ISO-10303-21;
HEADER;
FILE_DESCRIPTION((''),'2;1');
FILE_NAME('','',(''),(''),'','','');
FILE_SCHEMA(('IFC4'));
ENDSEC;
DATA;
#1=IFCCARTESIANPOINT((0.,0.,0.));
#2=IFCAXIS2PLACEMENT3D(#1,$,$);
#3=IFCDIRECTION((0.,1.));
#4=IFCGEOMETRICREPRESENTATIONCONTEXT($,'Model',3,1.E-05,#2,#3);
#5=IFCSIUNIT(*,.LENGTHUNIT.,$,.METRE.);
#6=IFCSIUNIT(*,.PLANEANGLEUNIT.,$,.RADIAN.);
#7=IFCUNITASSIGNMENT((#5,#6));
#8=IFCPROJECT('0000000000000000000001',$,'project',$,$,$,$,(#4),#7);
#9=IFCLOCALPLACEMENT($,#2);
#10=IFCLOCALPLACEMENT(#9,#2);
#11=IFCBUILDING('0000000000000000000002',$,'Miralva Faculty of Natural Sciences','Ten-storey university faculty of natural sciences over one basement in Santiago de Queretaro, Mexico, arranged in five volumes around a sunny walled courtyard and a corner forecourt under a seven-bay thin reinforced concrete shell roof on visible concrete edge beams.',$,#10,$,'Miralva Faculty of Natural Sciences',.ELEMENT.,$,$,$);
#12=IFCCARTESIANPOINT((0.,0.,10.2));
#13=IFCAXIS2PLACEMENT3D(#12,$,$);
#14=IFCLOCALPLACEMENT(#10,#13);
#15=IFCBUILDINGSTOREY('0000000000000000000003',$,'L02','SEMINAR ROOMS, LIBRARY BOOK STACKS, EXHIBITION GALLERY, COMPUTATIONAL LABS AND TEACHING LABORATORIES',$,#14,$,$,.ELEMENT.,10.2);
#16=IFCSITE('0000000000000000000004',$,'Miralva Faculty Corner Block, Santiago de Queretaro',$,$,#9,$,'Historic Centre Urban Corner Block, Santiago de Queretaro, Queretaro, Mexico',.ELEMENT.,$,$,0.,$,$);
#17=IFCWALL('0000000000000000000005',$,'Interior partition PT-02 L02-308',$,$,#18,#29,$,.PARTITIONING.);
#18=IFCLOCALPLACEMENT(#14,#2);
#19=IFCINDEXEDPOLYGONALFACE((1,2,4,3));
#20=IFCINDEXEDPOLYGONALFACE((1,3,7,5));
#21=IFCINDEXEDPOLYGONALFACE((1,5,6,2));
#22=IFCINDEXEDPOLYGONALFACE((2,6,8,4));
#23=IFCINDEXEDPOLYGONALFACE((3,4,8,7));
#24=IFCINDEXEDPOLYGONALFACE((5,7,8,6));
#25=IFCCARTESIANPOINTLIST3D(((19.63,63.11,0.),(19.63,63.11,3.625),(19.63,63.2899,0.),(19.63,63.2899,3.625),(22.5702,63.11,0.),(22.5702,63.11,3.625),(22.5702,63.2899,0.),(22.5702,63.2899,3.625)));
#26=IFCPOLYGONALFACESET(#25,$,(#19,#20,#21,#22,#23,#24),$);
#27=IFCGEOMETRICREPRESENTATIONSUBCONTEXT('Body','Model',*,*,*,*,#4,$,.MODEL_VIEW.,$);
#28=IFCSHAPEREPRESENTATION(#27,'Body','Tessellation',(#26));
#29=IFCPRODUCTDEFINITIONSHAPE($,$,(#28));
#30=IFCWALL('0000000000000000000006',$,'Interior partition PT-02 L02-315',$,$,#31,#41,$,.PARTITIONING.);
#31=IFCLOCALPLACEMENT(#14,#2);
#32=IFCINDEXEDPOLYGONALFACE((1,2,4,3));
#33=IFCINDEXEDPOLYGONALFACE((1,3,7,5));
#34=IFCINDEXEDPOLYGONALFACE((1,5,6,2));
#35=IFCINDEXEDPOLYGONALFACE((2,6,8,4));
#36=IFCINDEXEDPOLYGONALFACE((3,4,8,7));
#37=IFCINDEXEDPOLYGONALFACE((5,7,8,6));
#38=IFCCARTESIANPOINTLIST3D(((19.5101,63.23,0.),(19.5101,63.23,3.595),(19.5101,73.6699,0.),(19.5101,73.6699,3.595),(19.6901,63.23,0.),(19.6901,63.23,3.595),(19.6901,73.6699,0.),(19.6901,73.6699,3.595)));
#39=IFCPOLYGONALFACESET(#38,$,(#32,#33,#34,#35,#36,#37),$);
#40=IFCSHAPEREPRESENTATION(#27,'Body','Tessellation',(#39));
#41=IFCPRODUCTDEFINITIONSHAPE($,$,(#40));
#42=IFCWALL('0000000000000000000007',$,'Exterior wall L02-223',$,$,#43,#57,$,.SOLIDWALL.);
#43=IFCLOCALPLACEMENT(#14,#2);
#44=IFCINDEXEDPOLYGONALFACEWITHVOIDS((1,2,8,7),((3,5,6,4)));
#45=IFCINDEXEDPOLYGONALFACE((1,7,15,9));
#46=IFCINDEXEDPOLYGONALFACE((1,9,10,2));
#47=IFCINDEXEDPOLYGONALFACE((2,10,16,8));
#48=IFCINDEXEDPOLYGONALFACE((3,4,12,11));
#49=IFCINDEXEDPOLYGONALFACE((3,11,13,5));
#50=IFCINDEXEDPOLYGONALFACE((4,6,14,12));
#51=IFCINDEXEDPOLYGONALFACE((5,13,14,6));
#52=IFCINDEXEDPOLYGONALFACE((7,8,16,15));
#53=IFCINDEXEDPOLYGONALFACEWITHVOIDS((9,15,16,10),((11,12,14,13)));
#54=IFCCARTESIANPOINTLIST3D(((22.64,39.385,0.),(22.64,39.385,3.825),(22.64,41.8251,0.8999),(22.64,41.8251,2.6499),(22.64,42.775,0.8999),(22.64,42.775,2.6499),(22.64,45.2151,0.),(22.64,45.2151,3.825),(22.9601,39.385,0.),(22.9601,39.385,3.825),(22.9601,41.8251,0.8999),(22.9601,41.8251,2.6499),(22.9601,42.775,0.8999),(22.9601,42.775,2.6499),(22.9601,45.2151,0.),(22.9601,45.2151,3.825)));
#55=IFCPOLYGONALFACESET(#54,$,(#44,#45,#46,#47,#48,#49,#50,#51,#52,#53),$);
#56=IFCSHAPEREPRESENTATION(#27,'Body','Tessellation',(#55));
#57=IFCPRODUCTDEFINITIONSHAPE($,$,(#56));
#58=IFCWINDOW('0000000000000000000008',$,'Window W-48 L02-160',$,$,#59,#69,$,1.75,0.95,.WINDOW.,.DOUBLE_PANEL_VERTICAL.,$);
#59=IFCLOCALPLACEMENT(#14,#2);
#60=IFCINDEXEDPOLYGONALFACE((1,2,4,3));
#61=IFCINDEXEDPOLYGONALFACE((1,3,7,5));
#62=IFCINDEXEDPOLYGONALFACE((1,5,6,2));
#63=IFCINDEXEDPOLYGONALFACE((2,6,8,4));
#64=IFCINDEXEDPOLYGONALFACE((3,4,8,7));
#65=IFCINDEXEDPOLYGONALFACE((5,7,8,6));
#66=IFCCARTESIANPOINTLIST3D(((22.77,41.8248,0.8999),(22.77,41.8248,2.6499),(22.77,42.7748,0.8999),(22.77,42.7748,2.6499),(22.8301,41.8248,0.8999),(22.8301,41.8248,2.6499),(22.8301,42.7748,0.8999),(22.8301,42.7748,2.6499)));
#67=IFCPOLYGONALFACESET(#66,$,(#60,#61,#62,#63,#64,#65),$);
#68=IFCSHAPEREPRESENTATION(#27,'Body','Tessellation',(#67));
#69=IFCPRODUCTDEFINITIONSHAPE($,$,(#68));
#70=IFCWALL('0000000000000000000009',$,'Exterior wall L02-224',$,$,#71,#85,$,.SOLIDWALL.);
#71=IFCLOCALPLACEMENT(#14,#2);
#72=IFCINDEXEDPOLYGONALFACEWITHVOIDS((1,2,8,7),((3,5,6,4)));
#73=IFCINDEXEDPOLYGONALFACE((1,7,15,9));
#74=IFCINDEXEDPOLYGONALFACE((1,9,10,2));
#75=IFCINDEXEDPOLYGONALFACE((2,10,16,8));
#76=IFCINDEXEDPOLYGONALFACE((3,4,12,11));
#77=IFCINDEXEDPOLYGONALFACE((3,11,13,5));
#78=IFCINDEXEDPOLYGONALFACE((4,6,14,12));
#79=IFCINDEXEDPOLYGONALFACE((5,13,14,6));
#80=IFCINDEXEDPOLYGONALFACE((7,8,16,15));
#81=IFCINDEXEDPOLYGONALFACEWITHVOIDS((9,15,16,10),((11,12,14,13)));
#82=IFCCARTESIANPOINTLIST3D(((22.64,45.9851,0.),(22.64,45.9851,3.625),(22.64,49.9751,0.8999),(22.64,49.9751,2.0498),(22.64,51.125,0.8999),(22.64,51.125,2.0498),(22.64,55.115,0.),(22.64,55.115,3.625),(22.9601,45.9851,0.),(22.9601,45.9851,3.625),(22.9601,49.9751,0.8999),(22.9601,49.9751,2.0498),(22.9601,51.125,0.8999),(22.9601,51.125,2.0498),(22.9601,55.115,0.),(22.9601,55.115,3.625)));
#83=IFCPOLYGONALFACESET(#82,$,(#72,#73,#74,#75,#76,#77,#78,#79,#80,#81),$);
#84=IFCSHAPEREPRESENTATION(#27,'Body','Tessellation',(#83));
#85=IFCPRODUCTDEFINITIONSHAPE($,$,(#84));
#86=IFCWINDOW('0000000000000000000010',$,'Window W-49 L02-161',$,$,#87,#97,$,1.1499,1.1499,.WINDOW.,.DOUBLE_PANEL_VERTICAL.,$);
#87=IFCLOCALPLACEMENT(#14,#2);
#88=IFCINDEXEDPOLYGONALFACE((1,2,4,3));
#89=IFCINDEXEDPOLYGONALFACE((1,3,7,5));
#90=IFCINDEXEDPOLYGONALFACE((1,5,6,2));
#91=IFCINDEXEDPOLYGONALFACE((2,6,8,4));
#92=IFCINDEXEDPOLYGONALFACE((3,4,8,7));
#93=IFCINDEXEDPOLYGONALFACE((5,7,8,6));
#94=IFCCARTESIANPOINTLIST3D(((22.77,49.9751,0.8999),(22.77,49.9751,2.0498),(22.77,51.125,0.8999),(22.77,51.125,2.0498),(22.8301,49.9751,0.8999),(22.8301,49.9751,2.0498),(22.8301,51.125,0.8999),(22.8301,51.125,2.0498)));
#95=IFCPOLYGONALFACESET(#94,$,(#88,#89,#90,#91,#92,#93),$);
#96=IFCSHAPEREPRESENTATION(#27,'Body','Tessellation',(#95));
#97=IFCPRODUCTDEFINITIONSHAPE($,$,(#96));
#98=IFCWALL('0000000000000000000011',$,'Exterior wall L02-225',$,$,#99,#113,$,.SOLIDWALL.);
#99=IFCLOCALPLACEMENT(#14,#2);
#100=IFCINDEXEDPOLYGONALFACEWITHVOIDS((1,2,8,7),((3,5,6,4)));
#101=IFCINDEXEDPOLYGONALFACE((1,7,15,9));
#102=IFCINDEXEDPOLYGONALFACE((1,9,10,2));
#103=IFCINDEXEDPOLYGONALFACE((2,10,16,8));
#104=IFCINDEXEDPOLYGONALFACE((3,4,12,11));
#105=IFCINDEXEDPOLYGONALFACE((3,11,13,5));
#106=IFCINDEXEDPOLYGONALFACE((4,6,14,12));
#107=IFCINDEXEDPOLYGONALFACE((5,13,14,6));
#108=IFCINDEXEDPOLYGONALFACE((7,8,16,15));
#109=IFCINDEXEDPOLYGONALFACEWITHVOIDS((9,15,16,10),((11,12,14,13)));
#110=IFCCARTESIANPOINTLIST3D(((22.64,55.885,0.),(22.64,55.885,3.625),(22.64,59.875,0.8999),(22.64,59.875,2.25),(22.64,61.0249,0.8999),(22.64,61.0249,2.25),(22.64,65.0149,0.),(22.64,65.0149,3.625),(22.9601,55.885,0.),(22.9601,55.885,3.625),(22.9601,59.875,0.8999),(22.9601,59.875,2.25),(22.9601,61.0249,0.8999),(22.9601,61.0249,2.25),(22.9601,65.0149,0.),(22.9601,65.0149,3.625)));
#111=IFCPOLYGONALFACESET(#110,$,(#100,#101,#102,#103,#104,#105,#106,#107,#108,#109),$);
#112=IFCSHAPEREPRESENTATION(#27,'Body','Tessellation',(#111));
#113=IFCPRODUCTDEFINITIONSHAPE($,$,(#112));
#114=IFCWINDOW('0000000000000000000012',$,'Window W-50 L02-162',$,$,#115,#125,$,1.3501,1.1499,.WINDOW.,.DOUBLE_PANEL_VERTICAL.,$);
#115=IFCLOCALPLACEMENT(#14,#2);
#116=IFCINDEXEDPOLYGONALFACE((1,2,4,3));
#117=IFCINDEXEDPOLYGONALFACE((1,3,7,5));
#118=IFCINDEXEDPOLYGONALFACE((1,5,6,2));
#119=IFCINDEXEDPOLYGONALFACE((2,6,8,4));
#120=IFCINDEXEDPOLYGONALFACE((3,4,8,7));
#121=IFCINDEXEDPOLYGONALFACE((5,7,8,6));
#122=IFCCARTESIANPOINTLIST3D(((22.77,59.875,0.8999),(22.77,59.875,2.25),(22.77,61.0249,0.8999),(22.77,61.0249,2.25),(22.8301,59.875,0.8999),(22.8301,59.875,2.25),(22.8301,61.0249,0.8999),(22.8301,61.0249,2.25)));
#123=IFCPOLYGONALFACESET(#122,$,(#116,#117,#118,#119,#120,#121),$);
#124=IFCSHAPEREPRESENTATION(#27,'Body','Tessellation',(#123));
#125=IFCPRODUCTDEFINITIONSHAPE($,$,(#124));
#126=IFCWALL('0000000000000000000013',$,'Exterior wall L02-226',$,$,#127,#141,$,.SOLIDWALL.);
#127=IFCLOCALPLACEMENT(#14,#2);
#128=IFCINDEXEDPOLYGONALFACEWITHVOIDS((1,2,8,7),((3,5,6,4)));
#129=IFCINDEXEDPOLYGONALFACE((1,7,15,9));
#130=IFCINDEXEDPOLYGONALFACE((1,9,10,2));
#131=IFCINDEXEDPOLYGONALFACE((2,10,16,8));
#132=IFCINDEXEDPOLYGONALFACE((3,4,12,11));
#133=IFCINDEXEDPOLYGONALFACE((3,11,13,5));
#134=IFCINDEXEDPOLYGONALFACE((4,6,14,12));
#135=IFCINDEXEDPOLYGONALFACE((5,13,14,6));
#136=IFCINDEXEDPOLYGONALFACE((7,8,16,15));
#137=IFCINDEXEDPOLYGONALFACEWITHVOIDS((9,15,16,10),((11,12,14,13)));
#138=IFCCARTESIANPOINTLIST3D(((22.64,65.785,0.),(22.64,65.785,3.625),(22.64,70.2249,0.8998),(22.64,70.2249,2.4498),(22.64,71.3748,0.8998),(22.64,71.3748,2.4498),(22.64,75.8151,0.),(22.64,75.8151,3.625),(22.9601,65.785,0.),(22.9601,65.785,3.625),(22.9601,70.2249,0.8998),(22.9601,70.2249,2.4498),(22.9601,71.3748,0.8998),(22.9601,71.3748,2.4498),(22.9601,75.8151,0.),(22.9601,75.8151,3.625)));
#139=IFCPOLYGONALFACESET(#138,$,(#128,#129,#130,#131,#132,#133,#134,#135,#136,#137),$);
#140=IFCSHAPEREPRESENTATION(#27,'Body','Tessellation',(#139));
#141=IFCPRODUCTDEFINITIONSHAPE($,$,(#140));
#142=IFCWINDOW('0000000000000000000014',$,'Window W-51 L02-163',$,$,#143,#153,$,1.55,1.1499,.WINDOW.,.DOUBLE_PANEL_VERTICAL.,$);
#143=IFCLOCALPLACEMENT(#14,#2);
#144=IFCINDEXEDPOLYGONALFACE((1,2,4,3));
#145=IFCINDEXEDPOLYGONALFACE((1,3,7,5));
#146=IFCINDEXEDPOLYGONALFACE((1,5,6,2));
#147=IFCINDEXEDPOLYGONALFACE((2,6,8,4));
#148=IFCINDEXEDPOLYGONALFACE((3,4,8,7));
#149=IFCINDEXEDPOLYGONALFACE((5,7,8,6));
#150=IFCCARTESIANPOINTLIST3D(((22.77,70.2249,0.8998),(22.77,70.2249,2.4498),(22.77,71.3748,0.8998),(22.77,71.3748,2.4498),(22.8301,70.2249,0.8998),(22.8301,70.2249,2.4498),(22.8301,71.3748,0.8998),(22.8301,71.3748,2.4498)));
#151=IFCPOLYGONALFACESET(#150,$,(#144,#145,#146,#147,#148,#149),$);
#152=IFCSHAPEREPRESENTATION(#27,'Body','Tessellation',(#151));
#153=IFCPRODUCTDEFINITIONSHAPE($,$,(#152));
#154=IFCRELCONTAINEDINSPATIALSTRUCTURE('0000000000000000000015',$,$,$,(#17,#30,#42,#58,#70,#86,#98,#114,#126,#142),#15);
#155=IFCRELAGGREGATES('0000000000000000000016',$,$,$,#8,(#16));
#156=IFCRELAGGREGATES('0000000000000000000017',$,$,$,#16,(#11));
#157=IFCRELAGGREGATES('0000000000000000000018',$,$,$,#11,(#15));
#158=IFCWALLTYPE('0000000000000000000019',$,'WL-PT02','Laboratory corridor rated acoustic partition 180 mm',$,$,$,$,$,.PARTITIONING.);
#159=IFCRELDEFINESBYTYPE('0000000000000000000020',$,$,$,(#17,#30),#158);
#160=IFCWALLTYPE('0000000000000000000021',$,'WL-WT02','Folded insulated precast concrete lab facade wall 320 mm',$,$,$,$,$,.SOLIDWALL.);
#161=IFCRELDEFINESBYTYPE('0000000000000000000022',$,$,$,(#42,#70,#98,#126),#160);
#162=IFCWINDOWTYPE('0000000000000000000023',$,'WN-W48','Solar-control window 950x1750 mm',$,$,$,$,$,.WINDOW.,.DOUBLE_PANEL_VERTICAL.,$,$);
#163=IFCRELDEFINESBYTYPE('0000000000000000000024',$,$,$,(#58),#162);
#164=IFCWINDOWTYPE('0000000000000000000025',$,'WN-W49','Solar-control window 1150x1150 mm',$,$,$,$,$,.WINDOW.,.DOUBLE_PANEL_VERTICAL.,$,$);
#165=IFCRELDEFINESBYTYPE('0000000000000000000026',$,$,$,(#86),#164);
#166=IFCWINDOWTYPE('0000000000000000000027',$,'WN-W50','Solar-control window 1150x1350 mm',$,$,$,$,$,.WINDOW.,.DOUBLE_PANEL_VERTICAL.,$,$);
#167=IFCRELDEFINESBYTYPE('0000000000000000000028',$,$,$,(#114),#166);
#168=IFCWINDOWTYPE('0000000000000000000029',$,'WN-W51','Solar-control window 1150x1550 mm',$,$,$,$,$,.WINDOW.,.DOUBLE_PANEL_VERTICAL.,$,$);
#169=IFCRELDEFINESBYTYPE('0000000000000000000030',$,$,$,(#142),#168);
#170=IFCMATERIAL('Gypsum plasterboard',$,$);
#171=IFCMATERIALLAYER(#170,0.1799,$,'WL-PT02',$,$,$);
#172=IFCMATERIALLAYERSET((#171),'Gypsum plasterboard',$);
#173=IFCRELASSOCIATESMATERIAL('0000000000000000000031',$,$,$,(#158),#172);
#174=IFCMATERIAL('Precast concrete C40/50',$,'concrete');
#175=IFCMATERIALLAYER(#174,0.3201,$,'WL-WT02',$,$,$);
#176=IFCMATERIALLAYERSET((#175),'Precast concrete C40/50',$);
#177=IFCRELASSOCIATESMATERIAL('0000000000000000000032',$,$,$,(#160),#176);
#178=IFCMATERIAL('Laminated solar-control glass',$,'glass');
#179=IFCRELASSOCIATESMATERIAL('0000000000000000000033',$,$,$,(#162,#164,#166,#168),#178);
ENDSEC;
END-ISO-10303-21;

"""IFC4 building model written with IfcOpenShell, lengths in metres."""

from ifc_helpers import new_model, si_unit, direction, frame, frame_2d, origin, place, context, subcontext, project, spatial, rectangle, extrude, material, layer, layer_set, type_object, element, fill, save


model = new_model("IFC4")

# Units and contexts
model_context = context("Model", 3, precision=1e-05, world=origin(), true_north=direction((0.0, 1.0)))
body_context = subcontext(model_context, "Body", "Model", "MODEL_VIEW")
ifc_project = project(units=[si_unit("LENGTHUNIT", "METRE"), si_unit("PLANEANGLEUNIT", "RADIAN")], contexts=[model_context])

# Site, building, storey
site_placement = place(None, origin())
site = spatial("IfcSite", under=ifc_project, at=site_placement, Name="Miralva Faculty Corner Block, Santiago de Queretaro", LongName="Historic Centre Urban Corner Block, Santiago de Queretaro, Queretaro, Mexico", CompositionType="ELEMENT", RefElevation=0.0)
building_placement = place(site_placement, origin())
building = spatial("IfcBuilding", under=site, at=building_placement, Name="Miralva Faculty of Natural Sciences", Description="Ten-storey university faculty of natural sciences over one basement in Santiago de Queretaro, Mexico, arranged in five volumes around a sunny walled courtyard and a corner forecourt under a seven-bay thin reinforced concrete shell roof on visible concrete edge beams.", LongName="Miralva Faculty of Natural Sciences", CompositionType="ELEMENT")
storey_placement = place(building_placement, frame((0.0, 0.0, 10.2)))
storey = spatial("IfcBuildingStorey", under=building, at=storey_placement, Name="L02", Description="SEMINAR ROOMS, LIBRARY BOOK STACKS, EXHIBITION GALLERY, COMPUTATIONAL LABS AND TEACHING LABORATORIES", CompositionType="ELEMENT", Elevation=10.2)

# Walls
ifc_material_1 = material(Name="Gypsum plasterboard")
ifc_layer_1 = layer(ifc_material_1, 0.1799, Name="WL-PT02")
ifc_layer_set_1 = layer_set([ifc_layer_1], Name="Gypsum plasterboard")
wall_type_1 = type_object("IfcWallType", Name="WL-PT02", Description="Laboratory corridor rated acoustic partition 180 mm", PredefinedType="PARTITIONING", material=ifc_layer_set_1)
wall_1_placement = place(storey_placement, frame((19.6299, 63.2, 0.0), z_axis=(0.0, 0.0, 1.0), x_axis=(1.0, 0.0, 0.0)))
element("IfcWall", 1, at=wall_1_placement, inside=storey, type_object=wall_type_1, Name="Interior partition PT-02 L02-308", PredefinedType="PARTITIONING", context=body_context, shape_type="SweptSolid", body=[
    extrude(rectangle(XDim=2.9402, YDim=0.1799, at=frame_2d((1.4702, 0.0))), origin(), (0.0, 0.0, 1.0), 3.625),
])
wall_2_placement = place(storey_placement, frame((19.6001, 63.23, 0.0), z_axis=(0.0, 0.0, 1.0), x_axis=(0.0, 1.0, 0.0)))
element("IfcWall", 2, at=wall_2_placement, inside=storey, type_object=wall_type_1, Name="Interior partition PT-02 L02-315", PredefinedType="PARTITIONING", context=body_context, shape_type="SweptSolid", body=[
    extrude(rectangle(XDim=10.4399, YDim=0.1799, at=frame_2d((5.22, 0.0))), origin(), (0.0, 0.0, 1.0), 3.595),
])

# Walls, openings, windows
ifc_material_2 = material(Name="Precast concrete C40/50", Category="concrete")
ifc_layer_2 = layer(ifc_material_2, 0.3201, Name="WL-WT02")
ifc_layer_set_2 = layer_set([ifc_layer_2], Name="Precast concrete C40/50")
wall_type_2 = type_object("IfcWallType", Name="WL-WT02", Description="Folded insulated precast concrete lab facade wall 320 mm", PredefinedType="SOLIDWALL", material=ifc_layer_set_2)
wall_3_placement = place(storey_placement, frame((22.8, 39.385, 0.0), z_axis=(0.0, 0.0, 1.0), x_axis=(0.0, 1.0, 0.0)))
wall_3 = element("IfcWall", 3, at=wall_3_placement, inside=storey, type_object=wall_type_2, Name="Exterior wall L02-223", PredefinedType="SOLIDWALL", context=body_context, shape_type="SweptSolid", body=[
    extrude(rectangle(XDim=5.8301, YDim=0.3201, at=frame_2d((2.915, 0.0))), origin(), (0.0, 0.0, 1.0), 3.825),
])
opening_1_placement = place(wall_3_placement, frame((2.4399, 0.0, 0.8999)))
opening_1 = element("IfcOpeningElement", 4, at=opening_1_placement, cuts=wall_3, PredefinedType="OPENING", context=body_context, shape_type="SweptSolid", body=[
    extrude(rectangle(XDim=0.95, YDim=1.75, at=frame_2d((0.4751, 0.875))), frame((0.0, 0.1699, 0.0), z_axis=(0.0, -1.0, 0.0), x_axis=(1.0, 0.0, 0.0)), (0.0, 0.0, 1.0), 0.3401),
])
ifc_material_3 = material(Name="Laminated solar-control glass", Category="glass")
window_type_1 = type_object("IfcWindowType", Name="WN-W48", Description="Solar-control window 950x1750 mm", PartitioningType="DOUBLE_PANEL_VERTICAL", PredefinedType="WINDOW", material=ifc_material_3)
window_1_placement = place(opening_1_placement, frame((0.95, 0.0, 0.0), z_axis=(0.0, 0.0, 1.0), x_axis=(-1.0, 0.0, 0.0)))
window_1 = element("IfcWindow", 5, at=window_1_placement, inside=storey, type_object=window_type_1, Name="Window W-48 L02-160", OverallHeight=1.75, OverallWidth=0.95, PartitioningType="DOUBLE_PANEL_VERTICAL", PredefinedType="WINDOW", context=body_context, shape_type="SweptSolid", body=[
    extrude(rectangle(XDim=0.95, YDim=1.75, at=frame_2d((0.4751, 0.875))), frame((0.0, 0.03, 0.0), z_axis=(0.0, -1.0, 0.0), x_axis=(1.0, 0.0, 0.0)), (0.0, 0.0, 1.0), 0.0601),
])
fill(opening_1, window_1)
wall_4_placement = place(storey_placement, frame((22.8, 45.9851, 0.0), z_axis=(0.0, 0.0, 1.0), x_axis=(0.0, 1.0, 0.0)))
wall_4 = element("IfcWall", 6, at=wall_4_placement, inside=storey, type_object=wall_type_2, Name="Exterior wall L02-224", PredefinedType="SOLIDWALL", context=body_context, shape_type="SweptSolid", body=[
    extrude(rectangle(XDim=9.1299, YDim=0.3201, at=frame_2d((4.5649, 0.0))), origin(), (0.0, 0.0, 1.0), 3.625),
])
opening_2_placement = place(wall_4_placement, frame((3.99, 0.0, 0.8999)))
opening_2 = element("IfcOpeningElement", 7, at=opening_2_placement, cuts=wall_4, PredefinedType="OPENING", context=body_context, shape_type="SweptSolid", body=[
    extrude(rectangle(XDim=1.1499, YDim=1.1499, at=frame_2d((0.575, 0.575))), frame((0.0, 0.1699, 0.0), z_axis=(0.0, -1.0, 0.0), x_axis=(1.0, 0.0, 0.0)), (0.0, 0.0, 1.0), 0.3401),
])
window_type_2 = type_object("IfcWindowType", Name="WN-W49", Description="Solar-control window 1150x1150 mm", PartitioningType="DOUBLE_PANEL_VERTICAL", PredefinedType="WINDOW", material=ifc_material_3)
window_2_placement = place(opening_2_placement, frame((1.1499, 0.0, 0.0), z_axis=(0.0, 0.0, 1.0), x_axis=(-1.0, 0.0, 0.0)))
window_2 = element("IfcWindow", 8, at=window_2_placement, inside=storey, type_object=window_type_2, Name="Window W-49 L02-161", OverallHeight=1.1499, OverallWidth=1.1499, PartitioningType="DOUBLE_PANEL_VERTICAL", PredefinedType="WINDOW", context=body_context, shape_type="SweptSolid", body=[
    extrude(rectangle(XDim=1.1499, YDim=1.1499, at=frame_2d((0.575, 0.575))), frame((0.0, 0.03, 0.0), z_axis=(0.0, -1.0, 0.0), x_axis=(1.0, 0.0, 0.0)), (0.0, 0.0, 1.0), 0.0601),
])
fill(opening_2, window_2)
wall_5_placement = place(storey_placement, frame((22.8, 55.885, 0.0), z_axis=(0.0, 0.0, 1.0), x_axis=(0.0, 1.0, 0.0)))
wall_5 = element("IfcWall", 9, at=wall_5_placement, inside=storey, type_object=wall_type_2, Name="Exterior wall L02-225", PredefinedType="SOLIDWALL", context=body_context, shape_type="SweptSolid", body=[
    extrude(rectangle(XDim=9.1299, YDim=0.3201, at=frame_2d((4.5649, 0.0))), origin(), (0.0, 0.0, 1.0), 3.625),
])
opening_3_placement = place(wall_5_placement, frame((3.99, 0.0, 0.8999)))
opening_3 = element("IfcOpeningElement", 10, at=opening_3_placement, cuts=wall_5, PredefinedType="OPENING", context=body_context, shape_type="SweptSolid", body=[
    extrude(rectangle(XDim=1.1499, YDim=1.3501, at=frame_2d((0.575, 0.675))), frame((0.0, 0.1699, 0.0), z_axis=(0.0, -1.0, 0.0), x_axis=(1.0, 0.0, 0.0)), (0.0, 0.0, 1.0), 0.3401),
])
window_type_3 = type_object("IfcWindowType", Name="WN-W50", Description="Solar-control window 1150x1350 mm", PartitioningType="DOUBLE_PANEL_VERTICAL", PredefinedType="WINDOW", material=ifc_material_3)
window_3_placement = place(opening_3_placement, frame((1.1499, 0.0, 0.0), z_axis=(0.0, 0.0, 1.0), x_axis=(-1.0, 0.0, 0.0)))
window_3 = element("IfcWindow", 11, at=window_3_placement, inside=storey, type_object=window_type_3, Name="Window W-50 L02-162", OverallHeight=1.3501, OverallWidth=1.1499, PartitioningType="DOUBLE_PANEL_VERTICAL", PredefinedType="WINDOW", context=body_context, shape_type="SweptSolid", body=[
    extrude(rectangle(XDim=1.1499, YDim=1.3501, at=frame_2d((0.575, 0.675))), frame((0.0, 0.03, 0.0), z_axis=(0.0, -1.0, 0.0), x_axis=(1.0, 0.0, 0.0)), (0.0, 0.0, 1.0), 0.0601),
])
fill(opening_3, window_3)
wall_6_placement = place(storey_placement, frame((22.8, 65.7849, 0.0), z_axis=(0.0, 0.0, 1.0), x_axis=(0.0, 1.0, 0.0)))
wall_6 = element("IfcWall", 12, at=wall_6_placement, inside=storey, type_object=wall_type_2, Name="Exterior wall L02-226", PredefinedType="SOLIDWALL", context=body_context, shape_type="SweptSolid", body=[
    extrude(rectangle(XDim=10.03, YDim=0.3201, at=frame_2d((5.0151, 0.0))), origin(), (0.0, 0.0, 1.0), 3.625),
])
opening_4_placement = place(wall_6_placement, frame((4.4399, 0.0, 0.8999)))
opening_4 = element("IfcOpeningElement", 13, at=opening_4_placement, cuts=wall_6, PredefinedType="OPENING", context=body_context, shape_type="SweptSolid", body=[
    extrude(rectangle(XDim=1.1499, YDim=1.55, at=frame_2d((0.575, 0.7749))), frame((0.0, 0.1699, 0.0), z_axis=(0.0, -1.0, 0.0), x_axis=(1.0, 0.0, 0.0)), (0.0, 0.0, 1.0), 0.3401),
])
window_type_4 = type_object("IfcWindowType", Name="WN-W51", Description="Solar-control window 1150x1550 mm", PartitioningType="DOUBLE_PANEL_VERTICAL", PredefinedType="WINDOW", material=ifc_material_3)
window_4_placement = place(opening_4_placement, frame((1.1499, 0.0, 0.0), z_axis=(0.0, 0.0, 1.0), x_axis=(-1.0, 0.0, 0.0)))
window_4 = element("IfcWindow", 14, at=window_4_placement, inside=storey, type_object=window_type_4, Name="Window W-51 L02-163", OverallHeight=1.55, OverallWidth=1.1499, PartitioningType="DOUBLE_PANEL_VERTICAL", PredefinedType="WINDOW", context=body_context, shape_type="SweptSolid", body=[
    extrude(rectangle(XDim=1.1499, YDim=1.55, at=frame_2d((0.575, 0.7749))), frame((0.0, 0.03, 0.0), z_axis=(0.0, -1.0, 0.0), x_axis=(1.0, 0.0, 0.0)), (0.0, 0.0, 1.0), 0.0601),
])
fill(opening_4, window_4)

save(model, "model.ifc")
